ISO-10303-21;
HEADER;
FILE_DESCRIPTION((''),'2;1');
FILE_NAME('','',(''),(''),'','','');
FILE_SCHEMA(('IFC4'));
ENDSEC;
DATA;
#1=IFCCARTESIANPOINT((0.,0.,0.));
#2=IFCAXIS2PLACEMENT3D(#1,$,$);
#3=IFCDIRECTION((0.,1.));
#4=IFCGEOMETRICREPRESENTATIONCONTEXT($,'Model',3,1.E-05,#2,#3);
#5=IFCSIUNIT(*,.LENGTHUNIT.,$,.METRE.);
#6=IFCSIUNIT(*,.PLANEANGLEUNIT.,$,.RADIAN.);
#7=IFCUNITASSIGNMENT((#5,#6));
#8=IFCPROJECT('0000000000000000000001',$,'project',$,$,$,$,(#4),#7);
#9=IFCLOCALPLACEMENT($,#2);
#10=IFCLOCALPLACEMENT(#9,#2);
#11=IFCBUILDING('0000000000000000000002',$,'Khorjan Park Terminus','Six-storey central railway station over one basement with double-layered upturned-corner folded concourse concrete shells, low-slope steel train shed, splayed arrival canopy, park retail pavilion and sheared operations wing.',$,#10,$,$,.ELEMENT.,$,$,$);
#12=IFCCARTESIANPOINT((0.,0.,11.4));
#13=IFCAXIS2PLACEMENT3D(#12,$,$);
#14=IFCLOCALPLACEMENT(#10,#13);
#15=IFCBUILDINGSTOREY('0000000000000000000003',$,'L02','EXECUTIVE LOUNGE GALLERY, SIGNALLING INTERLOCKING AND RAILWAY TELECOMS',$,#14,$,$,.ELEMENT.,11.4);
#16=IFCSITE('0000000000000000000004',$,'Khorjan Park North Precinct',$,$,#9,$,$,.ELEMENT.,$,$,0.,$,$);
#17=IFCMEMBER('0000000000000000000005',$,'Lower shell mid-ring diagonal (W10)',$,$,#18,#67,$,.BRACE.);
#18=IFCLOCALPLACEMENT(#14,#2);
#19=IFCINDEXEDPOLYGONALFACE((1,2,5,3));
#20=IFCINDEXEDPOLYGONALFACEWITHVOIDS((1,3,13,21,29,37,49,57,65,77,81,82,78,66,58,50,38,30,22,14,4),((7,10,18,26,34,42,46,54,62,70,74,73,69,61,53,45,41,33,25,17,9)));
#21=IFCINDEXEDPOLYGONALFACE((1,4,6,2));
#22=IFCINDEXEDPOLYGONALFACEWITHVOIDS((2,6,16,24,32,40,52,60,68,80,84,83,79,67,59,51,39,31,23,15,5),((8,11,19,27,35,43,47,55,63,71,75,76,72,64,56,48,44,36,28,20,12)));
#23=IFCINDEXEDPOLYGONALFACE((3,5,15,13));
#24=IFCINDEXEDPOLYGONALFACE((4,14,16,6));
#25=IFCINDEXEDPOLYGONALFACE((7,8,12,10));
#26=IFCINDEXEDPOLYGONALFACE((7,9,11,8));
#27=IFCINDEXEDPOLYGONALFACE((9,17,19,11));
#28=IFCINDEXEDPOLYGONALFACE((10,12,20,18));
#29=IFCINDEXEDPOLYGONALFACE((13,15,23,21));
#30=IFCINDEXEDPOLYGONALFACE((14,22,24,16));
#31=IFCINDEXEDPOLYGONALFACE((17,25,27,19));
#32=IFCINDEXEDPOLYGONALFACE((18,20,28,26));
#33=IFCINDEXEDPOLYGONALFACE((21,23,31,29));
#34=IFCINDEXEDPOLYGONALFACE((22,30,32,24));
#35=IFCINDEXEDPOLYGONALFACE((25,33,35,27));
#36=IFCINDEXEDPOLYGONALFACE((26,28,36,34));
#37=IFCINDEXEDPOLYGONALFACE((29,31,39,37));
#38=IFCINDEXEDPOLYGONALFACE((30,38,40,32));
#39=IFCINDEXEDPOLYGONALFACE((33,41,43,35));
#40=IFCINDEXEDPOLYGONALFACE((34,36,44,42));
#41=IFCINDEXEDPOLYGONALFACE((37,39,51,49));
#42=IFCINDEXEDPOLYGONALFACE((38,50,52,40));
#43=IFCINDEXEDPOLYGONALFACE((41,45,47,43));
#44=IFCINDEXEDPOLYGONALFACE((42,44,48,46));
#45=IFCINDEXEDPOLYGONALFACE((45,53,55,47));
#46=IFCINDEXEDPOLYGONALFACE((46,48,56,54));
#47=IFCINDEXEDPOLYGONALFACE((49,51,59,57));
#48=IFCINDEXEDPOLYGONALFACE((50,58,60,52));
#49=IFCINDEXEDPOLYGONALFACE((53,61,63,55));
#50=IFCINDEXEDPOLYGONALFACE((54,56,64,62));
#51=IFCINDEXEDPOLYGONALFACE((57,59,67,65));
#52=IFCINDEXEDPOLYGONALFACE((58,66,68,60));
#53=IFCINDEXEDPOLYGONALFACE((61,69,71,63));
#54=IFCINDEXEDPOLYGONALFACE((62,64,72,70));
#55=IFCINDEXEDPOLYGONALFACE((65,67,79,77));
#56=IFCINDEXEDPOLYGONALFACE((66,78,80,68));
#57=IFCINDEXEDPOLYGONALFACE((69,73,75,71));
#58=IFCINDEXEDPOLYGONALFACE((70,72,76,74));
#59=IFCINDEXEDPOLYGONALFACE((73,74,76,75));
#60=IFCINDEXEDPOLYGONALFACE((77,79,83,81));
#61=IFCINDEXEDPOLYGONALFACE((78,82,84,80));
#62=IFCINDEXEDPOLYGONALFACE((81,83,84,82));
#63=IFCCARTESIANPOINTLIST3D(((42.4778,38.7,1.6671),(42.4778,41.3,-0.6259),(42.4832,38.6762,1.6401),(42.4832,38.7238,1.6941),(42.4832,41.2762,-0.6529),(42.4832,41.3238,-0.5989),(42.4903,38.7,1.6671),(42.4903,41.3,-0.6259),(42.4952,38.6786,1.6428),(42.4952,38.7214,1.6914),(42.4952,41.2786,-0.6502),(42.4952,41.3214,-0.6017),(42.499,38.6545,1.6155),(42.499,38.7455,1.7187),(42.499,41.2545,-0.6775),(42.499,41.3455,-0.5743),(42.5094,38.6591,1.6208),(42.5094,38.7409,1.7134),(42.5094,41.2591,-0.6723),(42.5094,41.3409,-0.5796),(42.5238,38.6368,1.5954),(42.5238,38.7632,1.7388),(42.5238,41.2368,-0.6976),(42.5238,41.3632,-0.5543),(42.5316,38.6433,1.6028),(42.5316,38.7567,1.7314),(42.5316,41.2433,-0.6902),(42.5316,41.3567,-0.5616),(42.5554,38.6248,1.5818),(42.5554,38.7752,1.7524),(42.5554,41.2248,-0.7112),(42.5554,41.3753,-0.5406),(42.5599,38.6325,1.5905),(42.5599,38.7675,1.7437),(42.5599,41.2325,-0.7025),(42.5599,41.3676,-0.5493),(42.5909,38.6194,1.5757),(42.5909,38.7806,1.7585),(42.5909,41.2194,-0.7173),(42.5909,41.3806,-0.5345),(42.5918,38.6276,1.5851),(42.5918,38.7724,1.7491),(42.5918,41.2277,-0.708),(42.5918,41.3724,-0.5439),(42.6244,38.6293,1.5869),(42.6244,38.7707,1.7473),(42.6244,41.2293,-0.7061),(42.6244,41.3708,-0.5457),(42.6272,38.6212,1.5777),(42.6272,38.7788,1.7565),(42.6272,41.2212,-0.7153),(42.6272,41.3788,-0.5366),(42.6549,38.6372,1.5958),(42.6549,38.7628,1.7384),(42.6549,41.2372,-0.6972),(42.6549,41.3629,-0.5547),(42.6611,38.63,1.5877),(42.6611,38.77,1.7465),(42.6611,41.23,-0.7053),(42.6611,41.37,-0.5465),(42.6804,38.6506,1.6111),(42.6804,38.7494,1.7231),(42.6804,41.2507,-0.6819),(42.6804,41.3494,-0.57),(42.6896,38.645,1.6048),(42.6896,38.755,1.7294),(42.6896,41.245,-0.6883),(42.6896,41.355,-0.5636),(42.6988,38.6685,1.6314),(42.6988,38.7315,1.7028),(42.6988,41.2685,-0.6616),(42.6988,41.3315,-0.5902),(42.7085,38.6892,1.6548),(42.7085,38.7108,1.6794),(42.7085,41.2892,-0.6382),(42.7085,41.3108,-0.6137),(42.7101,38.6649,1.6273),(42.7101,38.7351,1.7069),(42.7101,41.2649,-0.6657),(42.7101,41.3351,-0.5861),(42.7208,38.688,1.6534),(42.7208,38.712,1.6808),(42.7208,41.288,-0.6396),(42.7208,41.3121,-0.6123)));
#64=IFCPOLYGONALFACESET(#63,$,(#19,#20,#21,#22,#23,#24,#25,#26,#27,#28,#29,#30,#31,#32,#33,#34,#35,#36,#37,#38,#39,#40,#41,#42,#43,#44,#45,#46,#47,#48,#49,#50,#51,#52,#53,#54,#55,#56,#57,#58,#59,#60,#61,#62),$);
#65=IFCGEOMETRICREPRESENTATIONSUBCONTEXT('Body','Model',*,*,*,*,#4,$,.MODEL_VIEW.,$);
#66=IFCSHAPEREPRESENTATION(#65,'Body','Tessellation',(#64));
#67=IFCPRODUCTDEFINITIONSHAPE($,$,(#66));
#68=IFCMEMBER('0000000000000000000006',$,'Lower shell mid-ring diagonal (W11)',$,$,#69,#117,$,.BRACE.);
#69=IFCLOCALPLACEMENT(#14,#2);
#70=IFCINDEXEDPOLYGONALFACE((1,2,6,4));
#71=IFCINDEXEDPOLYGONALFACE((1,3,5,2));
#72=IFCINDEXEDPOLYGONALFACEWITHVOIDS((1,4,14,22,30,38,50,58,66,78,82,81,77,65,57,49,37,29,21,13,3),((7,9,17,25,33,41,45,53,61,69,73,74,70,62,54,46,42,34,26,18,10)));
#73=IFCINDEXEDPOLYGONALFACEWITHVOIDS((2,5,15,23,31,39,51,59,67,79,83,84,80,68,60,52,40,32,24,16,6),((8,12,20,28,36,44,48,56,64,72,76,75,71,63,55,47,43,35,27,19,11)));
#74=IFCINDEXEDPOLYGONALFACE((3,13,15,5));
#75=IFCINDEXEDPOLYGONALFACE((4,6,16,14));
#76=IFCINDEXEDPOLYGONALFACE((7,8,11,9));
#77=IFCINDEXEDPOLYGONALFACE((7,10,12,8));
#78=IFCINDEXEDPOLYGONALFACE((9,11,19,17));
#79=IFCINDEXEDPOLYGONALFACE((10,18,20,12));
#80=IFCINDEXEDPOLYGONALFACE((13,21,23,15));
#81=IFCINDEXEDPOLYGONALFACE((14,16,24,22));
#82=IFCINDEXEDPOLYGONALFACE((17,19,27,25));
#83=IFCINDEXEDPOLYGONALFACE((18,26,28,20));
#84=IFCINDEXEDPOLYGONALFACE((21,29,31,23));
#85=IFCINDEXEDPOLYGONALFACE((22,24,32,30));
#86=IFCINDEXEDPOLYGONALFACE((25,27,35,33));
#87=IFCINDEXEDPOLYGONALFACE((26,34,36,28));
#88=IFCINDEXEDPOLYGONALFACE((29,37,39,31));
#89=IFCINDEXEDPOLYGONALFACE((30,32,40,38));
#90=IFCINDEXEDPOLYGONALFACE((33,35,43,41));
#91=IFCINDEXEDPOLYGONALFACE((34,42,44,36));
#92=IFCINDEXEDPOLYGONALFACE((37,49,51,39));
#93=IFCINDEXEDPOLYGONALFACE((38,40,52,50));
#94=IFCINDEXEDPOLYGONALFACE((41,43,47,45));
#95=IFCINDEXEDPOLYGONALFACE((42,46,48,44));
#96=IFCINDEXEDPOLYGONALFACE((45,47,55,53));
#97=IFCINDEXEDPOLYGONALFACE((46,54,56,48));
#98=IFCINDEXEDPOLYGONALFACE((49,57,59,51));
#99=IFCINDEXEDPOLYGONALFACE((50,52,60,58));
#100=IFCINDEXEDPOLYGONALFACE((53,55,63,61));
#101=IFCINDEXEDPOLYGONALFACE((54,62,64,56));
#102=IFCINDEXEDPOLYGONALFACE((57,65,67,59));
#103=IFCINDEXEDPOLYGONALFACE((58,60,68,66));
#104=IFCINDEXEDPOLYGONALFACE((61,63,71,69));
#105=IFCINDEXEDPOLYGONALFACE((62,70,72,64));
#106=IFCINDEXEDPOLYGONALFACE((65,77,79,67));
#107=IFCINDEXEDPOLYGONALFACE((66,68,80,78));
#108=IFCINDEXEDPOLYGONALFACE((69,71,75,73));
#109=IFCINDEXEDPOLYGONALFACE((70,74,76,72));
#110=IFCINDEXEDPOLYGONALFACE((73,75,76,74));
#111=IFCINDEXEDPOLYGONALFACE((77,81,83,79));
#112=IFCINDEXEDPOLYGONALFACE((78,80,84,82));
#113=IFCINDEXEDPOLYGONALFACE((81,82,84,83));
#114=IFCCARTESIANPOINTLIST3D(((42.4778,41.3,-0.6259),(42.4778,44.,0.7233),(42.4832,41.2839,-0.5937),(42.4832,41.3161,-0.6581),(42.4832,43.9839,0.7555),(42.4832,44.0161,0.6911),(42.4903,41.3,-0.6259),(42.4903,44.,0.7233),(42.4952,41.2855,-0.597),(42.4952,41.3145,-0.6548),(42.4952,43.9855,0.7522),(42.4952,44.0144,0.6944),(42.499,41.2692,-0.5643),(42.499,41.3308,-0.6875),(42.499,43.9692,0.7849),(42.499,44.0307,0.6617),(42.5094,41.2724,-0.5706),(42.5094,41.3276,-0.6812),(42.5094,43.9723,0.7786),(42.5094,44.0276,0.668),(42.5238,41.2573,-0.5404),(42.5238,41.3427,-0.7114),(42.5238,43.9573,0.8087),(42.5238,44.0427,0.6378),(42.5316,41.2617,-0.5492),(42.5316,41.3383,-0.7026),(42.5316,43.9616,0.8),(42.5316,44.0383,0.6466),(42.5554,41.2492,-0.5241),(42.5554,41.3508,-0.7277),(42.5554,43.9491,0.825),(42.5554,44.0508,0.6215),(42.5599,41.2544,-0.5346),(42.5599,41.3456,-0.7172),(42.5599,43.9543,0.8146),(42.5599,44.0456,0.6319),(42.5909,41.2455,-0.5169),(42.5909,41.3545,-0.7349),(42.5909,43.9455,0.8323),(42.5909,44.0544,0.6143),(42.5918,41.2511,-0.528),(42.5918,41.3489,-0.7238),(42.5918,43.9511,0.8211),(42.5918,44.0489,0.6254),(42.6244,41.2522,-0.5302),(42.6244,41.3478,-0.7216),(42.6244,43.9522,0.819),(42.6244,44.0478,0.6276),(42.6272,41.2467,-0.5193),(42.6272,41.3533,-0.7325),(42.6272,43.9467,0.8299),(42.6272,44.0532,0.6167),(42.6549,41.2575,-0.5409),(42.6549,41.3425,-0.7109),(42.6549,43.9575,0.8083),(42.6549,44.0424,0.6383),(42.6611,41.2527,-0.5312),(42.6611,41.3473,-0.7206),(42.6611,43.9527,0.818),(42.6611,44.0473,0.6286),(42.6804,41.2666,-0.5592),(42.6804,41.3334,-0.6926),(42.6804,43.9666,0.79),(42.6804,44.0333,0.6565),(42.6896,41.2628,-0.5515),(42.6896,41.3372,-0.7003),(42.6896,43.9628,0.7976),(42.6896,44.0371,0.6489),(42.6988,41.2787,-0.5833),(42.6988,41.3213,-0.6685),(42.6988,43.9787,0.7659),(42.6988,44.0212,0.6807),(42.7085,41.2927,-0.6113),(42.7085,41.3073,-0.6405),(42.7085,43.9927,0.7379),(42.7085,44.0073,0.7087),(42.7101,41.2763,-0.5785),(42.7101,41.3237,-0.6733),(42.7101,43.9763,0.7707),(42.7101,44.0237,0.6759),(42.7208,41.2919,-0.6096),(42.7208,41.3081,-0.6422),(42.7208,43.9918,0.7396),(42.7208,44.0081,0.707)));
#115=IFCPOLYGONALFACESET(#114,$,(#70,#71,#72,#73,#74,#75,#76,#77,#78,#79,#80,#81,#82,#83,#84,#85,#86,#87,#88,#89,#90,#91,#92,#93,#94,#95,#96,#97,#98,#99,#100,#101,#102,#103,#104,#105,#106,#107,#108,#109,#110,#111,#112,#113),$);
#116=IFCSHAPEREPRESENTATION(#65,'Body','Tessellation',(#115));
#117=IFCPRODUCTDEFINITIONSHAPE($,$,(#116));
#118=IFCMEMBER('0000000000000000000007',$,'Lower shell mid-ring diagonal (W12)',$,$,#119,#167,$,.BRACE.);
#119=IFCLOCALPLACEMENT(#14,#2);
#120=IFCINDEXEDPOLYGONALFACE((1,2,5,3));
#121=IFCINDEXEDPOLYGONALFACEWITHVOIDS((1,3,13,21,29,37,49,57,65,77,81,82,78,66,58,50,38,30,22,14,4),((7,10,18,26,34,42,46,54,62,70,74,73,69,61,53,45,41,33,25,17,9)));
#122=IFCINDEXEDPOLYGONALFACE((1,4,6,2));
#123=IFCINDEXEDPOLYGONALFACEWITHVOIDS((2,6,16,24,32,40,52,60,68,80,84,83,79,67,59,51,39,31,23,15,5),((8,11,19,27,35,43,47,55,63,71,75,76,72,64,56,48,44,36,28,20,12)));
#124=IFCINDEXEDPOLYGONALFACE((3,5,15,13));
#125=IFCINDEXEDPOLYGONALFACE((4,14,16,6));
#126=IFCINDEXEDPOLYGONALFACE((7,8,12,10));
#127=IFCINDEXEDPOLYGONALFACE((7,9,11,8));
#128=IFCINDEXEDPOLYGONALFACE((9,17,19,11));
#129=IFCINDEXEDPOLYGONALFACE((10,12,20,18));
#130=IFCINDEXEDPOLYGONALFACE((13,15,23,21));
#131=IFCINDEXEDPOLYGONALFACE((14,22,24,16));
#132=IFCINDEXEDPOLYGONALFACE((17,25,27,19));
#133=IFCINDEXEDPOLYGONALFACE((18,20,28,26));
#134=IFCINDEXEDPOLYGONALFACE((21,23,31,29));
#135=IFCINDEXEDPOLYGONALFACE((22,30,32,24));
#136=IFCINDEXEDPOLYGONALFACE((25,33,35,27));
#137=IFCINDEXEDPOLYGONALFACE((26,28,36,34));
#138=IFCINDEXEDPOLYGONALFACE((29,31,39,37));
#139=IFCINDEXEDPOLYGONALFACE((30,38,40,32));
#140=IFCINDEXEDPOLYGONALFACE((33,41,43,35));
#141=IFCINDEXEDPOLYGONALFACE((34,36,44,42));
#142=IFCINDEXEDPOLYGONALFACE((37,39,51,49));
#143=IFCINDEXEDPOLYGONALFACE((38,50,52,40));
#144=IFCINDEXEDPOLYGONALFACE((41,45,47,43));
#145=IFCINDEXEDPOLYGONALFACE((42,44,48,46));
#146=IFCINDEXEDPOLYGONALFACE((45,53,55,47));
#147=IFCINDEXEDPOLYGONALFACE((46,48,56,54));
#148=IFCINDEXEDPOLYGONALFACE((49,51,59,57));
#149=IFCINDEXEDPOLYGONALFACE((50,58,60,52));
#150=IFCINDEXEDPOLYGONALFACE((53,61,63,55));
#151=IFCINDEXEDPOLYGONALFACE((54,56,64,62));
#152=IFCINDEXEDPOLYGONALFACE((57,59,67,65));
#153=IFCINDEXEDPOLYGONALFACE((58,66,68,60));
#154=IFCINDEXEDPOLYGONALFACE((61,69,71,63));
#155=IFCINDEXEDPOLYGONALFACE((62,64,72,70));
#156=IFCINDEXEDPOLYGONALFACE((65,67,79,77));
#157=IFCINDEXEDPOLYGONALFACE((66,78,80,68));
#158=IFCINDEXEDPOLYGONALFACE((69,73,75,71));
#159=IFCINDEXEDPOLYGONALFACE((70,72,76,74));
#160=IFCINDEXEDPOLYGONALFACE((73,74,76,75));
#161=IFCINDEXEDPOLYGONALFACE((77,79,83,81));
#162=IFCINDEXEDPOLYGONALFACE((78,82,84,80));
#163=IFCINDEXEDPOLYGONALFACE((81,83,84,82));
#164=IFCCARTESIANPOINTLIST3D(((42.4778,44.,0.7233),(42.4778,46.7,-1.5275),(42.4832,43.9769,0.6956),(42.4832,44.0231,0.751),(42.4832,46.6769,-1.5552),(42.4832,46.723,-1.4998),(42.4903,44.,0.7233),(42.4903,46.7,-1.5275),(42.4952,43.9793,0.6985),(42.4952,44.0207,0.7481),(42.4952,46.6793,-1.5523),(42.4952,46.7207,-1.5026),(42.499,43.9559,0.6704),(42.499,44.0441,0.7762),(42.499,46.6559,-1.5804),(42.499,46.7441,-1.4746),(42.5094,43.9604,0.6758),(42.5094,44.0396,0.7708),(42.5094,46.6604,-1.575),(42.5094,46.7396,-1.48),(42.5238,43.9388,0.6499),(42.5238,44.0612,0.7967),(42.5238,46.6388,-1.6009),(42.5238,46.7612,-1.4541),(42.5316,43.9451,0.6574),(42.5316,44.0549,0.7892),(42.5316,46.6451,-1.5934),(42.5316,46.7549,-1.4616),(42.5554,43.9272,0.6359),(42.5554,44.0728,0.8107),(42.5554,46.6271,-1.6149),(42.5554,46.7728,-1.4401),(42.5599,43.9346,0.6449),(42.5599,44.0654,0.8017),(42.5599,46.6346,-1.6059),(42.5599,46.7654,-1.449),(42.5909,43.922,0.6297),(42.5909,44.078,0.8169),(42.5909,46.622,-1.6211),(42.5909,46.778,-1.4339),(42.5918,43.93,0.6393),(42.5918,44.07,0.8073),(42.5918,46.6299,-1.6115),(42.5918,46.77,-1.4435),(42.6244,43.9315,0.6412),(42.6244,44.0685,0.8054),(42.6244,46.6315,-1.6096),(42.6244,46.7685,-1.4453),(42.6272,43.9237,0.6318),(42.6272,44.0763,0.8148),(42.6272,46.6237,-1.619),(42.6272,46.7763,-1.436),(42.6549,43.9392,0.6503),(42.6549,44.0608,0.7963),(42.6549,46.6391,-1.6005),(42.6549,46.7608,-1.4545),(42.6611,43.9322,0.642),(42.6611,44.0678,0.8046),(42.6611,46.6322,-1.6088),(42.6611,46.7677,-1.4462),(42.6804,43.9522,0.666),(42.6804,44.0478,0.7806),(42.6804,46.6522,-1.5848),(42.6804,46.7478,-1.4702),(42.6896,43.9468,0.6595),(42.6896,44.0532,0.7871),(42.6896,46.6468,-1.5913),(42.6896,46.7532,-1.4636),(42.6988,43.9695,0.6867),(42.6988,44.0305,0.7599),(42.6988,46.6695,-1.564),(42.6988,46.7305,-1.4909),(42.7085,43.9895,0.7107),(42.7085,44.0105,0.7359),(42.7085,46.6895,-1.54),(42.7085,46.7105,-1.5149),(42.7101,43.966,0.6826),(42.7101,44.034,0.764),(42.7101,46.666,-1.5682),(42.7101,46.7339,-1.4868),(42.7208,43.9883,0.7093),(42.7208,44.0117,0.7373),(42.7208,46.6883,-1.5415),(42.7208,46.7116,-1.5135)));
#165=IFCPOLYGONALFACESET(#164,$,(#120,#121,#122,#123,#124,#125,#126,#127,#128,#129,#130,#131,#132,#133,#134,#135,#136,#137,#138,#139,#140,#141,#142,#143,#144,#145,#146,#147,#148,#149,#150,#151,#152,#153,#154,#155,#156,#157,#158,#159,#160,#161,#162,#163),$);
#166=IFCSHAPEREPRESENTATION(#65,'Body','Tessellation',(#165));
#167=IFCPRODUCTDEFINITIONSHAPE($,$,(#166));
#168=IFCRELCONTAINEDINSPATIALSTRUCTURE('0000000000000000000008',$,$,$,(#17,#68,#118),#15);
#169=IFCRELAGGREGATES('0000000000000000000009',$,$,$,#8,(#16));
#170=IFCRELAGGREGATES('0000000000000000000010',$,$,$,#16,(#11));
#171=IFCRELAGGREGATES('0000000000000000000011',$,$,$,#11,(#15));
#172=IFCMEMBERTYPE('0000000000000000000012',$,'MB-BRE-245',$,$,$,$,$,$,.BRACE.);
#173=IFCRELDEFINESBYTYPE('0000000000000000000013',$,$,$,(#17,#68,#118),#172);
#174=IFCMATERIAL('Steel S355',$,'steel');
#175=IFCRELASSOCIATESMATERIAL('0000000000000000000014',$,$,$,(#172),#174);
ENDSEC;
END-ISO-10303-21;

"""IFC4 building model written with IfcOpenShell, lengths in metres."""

from ifc_helpers import new_model, si_unit, direction, frame, origin, origin_2d, place, context, subcontext, project, spatial, hollow_circle, extrude, material, material_profile, profile_set, type_object, element, save


model = new_model("IFC4")

# Units and contexts
model_context = context("Model", 3, precision=1e-05, world=origin(), true_north=direction((0.0, 1.0)))
body_context = subcontext(model_context, "Body", "Model", "MODEL_VIEW")
ifc_project = project(units=[si_unit("LENGTHUNIT", "METRE"), si_unit("PLANEANGLEUNIT", "RADIAN")], contexts=[model_context])

# Site, building, storey
site_placement = place(None, origin())
site = spatial("IfcSite", under=ifc_project, at=site_placement, Name="Khorjan Park North Precinct", CompositionType="ELEMENT", RefElevation=0.0)
building_placement = place(site_placement, origin())
building = spatial("IfcBuilding", under=site, at=building_placement, Name="Khorjan Park Terminus", Description="Six-storey central railway station over one basement with double-layered upturned-corner folded concourse concrete shells, low-slope steel train shed, splayed arrival canopy, park retail pavilion and sheared operations wing.", CompositionType="ELEMENT")
storey_placement = place(building_placement, frame((0.0, 0.0, 11.4)))
storey = spatial("IfcBuildingStorey", under=building, at=storey_placement, Name="L02", Description="EXECUTIVE LOUNGE GALLERY, SIGNALLING INTERLOCKING AND RAILWAY TELECOMS", CompositionType="ELEMENT", Elevation=11.4)

# Members
ifc_material_1 = material(Name="Steel S355", Category="steel")
ifc_material_profile_1 = material_profile(ifc_material_1, hollow_circle(Radius=0.1222, WallThickness=0.0125, at=origin_2d()), Name="CHS 244.5x12.5")
ifc_profile_set_1 = profile_set([ifc_material_profile_1], Name="Steel S355")
member_type_1 = type_object("IfcMemberType", Name="MB-BRE-245", PredefinedType="BRACE", material=ifc_profile_set_1)
member_1_placement = place(storey_placement, frame((42.6, 38.7, 1.6671), z_axis=(0.0, 0.749998, -0.66144), x_axis=(-1.0, 0.0, 0.0)))
element("IfcMember", 1, at=member_1_placement, inside=storey, type_object=member_type_1, Name="Lower shell mid-ring diagonal (W10)", PredefinedType="BRACE", context=body_context, shape_type="SweptSolid", body=[
    extrude(hollow_circle(Radius=0.1222, WallThickness=0.0125, at=origin_2d()), origin(), (0.0, 0.0, 1.0), 3.4667),
])
member_2_placement = place(storey_placement, frame((42.6, 41.3, -0.6259), z_axis=(0.0, 0.894533, 0.447002), x_axis=(-1.0, 0.0, 0.0)))
element("IfcMember", 2, at=member_2_placement, inside=storey, type_object=member_type_1, Name="Lower shell mid-ring diagonal (W11)", PredefinedType="BRACE", context=body_context, shape_type="SweptSolid", body=[
    extrude(hollow_circle(Radius=0.1222, WallThickness=0.0125, at=origin_2d()), origin(), (0.0, 0.0, 1.0), 3.0183),
])
member_3_placement = place(storey_placement, frame((42.6, 44.0, 0.7233), z_axis=(0.0, 0.768109, -0.640319), x_axis=(-1.0, 0.0, 0.0)))
element("IfcMember", 3, at=member_3_placement, inside=storey, type_object=member_type_1, Name="Lower shell mid-ring diagonal (W12)", PredefinedType="BRACE", context=body_context, shape_type="SweptSolid", body=[
    extrude(hollow_circle(Radius=0.1222, WallThickness=0.0125, at=origin_2d()), origin(), (0.0, 0.0, 1.0), 3.5151),
])

save(model, "model.ifc")
